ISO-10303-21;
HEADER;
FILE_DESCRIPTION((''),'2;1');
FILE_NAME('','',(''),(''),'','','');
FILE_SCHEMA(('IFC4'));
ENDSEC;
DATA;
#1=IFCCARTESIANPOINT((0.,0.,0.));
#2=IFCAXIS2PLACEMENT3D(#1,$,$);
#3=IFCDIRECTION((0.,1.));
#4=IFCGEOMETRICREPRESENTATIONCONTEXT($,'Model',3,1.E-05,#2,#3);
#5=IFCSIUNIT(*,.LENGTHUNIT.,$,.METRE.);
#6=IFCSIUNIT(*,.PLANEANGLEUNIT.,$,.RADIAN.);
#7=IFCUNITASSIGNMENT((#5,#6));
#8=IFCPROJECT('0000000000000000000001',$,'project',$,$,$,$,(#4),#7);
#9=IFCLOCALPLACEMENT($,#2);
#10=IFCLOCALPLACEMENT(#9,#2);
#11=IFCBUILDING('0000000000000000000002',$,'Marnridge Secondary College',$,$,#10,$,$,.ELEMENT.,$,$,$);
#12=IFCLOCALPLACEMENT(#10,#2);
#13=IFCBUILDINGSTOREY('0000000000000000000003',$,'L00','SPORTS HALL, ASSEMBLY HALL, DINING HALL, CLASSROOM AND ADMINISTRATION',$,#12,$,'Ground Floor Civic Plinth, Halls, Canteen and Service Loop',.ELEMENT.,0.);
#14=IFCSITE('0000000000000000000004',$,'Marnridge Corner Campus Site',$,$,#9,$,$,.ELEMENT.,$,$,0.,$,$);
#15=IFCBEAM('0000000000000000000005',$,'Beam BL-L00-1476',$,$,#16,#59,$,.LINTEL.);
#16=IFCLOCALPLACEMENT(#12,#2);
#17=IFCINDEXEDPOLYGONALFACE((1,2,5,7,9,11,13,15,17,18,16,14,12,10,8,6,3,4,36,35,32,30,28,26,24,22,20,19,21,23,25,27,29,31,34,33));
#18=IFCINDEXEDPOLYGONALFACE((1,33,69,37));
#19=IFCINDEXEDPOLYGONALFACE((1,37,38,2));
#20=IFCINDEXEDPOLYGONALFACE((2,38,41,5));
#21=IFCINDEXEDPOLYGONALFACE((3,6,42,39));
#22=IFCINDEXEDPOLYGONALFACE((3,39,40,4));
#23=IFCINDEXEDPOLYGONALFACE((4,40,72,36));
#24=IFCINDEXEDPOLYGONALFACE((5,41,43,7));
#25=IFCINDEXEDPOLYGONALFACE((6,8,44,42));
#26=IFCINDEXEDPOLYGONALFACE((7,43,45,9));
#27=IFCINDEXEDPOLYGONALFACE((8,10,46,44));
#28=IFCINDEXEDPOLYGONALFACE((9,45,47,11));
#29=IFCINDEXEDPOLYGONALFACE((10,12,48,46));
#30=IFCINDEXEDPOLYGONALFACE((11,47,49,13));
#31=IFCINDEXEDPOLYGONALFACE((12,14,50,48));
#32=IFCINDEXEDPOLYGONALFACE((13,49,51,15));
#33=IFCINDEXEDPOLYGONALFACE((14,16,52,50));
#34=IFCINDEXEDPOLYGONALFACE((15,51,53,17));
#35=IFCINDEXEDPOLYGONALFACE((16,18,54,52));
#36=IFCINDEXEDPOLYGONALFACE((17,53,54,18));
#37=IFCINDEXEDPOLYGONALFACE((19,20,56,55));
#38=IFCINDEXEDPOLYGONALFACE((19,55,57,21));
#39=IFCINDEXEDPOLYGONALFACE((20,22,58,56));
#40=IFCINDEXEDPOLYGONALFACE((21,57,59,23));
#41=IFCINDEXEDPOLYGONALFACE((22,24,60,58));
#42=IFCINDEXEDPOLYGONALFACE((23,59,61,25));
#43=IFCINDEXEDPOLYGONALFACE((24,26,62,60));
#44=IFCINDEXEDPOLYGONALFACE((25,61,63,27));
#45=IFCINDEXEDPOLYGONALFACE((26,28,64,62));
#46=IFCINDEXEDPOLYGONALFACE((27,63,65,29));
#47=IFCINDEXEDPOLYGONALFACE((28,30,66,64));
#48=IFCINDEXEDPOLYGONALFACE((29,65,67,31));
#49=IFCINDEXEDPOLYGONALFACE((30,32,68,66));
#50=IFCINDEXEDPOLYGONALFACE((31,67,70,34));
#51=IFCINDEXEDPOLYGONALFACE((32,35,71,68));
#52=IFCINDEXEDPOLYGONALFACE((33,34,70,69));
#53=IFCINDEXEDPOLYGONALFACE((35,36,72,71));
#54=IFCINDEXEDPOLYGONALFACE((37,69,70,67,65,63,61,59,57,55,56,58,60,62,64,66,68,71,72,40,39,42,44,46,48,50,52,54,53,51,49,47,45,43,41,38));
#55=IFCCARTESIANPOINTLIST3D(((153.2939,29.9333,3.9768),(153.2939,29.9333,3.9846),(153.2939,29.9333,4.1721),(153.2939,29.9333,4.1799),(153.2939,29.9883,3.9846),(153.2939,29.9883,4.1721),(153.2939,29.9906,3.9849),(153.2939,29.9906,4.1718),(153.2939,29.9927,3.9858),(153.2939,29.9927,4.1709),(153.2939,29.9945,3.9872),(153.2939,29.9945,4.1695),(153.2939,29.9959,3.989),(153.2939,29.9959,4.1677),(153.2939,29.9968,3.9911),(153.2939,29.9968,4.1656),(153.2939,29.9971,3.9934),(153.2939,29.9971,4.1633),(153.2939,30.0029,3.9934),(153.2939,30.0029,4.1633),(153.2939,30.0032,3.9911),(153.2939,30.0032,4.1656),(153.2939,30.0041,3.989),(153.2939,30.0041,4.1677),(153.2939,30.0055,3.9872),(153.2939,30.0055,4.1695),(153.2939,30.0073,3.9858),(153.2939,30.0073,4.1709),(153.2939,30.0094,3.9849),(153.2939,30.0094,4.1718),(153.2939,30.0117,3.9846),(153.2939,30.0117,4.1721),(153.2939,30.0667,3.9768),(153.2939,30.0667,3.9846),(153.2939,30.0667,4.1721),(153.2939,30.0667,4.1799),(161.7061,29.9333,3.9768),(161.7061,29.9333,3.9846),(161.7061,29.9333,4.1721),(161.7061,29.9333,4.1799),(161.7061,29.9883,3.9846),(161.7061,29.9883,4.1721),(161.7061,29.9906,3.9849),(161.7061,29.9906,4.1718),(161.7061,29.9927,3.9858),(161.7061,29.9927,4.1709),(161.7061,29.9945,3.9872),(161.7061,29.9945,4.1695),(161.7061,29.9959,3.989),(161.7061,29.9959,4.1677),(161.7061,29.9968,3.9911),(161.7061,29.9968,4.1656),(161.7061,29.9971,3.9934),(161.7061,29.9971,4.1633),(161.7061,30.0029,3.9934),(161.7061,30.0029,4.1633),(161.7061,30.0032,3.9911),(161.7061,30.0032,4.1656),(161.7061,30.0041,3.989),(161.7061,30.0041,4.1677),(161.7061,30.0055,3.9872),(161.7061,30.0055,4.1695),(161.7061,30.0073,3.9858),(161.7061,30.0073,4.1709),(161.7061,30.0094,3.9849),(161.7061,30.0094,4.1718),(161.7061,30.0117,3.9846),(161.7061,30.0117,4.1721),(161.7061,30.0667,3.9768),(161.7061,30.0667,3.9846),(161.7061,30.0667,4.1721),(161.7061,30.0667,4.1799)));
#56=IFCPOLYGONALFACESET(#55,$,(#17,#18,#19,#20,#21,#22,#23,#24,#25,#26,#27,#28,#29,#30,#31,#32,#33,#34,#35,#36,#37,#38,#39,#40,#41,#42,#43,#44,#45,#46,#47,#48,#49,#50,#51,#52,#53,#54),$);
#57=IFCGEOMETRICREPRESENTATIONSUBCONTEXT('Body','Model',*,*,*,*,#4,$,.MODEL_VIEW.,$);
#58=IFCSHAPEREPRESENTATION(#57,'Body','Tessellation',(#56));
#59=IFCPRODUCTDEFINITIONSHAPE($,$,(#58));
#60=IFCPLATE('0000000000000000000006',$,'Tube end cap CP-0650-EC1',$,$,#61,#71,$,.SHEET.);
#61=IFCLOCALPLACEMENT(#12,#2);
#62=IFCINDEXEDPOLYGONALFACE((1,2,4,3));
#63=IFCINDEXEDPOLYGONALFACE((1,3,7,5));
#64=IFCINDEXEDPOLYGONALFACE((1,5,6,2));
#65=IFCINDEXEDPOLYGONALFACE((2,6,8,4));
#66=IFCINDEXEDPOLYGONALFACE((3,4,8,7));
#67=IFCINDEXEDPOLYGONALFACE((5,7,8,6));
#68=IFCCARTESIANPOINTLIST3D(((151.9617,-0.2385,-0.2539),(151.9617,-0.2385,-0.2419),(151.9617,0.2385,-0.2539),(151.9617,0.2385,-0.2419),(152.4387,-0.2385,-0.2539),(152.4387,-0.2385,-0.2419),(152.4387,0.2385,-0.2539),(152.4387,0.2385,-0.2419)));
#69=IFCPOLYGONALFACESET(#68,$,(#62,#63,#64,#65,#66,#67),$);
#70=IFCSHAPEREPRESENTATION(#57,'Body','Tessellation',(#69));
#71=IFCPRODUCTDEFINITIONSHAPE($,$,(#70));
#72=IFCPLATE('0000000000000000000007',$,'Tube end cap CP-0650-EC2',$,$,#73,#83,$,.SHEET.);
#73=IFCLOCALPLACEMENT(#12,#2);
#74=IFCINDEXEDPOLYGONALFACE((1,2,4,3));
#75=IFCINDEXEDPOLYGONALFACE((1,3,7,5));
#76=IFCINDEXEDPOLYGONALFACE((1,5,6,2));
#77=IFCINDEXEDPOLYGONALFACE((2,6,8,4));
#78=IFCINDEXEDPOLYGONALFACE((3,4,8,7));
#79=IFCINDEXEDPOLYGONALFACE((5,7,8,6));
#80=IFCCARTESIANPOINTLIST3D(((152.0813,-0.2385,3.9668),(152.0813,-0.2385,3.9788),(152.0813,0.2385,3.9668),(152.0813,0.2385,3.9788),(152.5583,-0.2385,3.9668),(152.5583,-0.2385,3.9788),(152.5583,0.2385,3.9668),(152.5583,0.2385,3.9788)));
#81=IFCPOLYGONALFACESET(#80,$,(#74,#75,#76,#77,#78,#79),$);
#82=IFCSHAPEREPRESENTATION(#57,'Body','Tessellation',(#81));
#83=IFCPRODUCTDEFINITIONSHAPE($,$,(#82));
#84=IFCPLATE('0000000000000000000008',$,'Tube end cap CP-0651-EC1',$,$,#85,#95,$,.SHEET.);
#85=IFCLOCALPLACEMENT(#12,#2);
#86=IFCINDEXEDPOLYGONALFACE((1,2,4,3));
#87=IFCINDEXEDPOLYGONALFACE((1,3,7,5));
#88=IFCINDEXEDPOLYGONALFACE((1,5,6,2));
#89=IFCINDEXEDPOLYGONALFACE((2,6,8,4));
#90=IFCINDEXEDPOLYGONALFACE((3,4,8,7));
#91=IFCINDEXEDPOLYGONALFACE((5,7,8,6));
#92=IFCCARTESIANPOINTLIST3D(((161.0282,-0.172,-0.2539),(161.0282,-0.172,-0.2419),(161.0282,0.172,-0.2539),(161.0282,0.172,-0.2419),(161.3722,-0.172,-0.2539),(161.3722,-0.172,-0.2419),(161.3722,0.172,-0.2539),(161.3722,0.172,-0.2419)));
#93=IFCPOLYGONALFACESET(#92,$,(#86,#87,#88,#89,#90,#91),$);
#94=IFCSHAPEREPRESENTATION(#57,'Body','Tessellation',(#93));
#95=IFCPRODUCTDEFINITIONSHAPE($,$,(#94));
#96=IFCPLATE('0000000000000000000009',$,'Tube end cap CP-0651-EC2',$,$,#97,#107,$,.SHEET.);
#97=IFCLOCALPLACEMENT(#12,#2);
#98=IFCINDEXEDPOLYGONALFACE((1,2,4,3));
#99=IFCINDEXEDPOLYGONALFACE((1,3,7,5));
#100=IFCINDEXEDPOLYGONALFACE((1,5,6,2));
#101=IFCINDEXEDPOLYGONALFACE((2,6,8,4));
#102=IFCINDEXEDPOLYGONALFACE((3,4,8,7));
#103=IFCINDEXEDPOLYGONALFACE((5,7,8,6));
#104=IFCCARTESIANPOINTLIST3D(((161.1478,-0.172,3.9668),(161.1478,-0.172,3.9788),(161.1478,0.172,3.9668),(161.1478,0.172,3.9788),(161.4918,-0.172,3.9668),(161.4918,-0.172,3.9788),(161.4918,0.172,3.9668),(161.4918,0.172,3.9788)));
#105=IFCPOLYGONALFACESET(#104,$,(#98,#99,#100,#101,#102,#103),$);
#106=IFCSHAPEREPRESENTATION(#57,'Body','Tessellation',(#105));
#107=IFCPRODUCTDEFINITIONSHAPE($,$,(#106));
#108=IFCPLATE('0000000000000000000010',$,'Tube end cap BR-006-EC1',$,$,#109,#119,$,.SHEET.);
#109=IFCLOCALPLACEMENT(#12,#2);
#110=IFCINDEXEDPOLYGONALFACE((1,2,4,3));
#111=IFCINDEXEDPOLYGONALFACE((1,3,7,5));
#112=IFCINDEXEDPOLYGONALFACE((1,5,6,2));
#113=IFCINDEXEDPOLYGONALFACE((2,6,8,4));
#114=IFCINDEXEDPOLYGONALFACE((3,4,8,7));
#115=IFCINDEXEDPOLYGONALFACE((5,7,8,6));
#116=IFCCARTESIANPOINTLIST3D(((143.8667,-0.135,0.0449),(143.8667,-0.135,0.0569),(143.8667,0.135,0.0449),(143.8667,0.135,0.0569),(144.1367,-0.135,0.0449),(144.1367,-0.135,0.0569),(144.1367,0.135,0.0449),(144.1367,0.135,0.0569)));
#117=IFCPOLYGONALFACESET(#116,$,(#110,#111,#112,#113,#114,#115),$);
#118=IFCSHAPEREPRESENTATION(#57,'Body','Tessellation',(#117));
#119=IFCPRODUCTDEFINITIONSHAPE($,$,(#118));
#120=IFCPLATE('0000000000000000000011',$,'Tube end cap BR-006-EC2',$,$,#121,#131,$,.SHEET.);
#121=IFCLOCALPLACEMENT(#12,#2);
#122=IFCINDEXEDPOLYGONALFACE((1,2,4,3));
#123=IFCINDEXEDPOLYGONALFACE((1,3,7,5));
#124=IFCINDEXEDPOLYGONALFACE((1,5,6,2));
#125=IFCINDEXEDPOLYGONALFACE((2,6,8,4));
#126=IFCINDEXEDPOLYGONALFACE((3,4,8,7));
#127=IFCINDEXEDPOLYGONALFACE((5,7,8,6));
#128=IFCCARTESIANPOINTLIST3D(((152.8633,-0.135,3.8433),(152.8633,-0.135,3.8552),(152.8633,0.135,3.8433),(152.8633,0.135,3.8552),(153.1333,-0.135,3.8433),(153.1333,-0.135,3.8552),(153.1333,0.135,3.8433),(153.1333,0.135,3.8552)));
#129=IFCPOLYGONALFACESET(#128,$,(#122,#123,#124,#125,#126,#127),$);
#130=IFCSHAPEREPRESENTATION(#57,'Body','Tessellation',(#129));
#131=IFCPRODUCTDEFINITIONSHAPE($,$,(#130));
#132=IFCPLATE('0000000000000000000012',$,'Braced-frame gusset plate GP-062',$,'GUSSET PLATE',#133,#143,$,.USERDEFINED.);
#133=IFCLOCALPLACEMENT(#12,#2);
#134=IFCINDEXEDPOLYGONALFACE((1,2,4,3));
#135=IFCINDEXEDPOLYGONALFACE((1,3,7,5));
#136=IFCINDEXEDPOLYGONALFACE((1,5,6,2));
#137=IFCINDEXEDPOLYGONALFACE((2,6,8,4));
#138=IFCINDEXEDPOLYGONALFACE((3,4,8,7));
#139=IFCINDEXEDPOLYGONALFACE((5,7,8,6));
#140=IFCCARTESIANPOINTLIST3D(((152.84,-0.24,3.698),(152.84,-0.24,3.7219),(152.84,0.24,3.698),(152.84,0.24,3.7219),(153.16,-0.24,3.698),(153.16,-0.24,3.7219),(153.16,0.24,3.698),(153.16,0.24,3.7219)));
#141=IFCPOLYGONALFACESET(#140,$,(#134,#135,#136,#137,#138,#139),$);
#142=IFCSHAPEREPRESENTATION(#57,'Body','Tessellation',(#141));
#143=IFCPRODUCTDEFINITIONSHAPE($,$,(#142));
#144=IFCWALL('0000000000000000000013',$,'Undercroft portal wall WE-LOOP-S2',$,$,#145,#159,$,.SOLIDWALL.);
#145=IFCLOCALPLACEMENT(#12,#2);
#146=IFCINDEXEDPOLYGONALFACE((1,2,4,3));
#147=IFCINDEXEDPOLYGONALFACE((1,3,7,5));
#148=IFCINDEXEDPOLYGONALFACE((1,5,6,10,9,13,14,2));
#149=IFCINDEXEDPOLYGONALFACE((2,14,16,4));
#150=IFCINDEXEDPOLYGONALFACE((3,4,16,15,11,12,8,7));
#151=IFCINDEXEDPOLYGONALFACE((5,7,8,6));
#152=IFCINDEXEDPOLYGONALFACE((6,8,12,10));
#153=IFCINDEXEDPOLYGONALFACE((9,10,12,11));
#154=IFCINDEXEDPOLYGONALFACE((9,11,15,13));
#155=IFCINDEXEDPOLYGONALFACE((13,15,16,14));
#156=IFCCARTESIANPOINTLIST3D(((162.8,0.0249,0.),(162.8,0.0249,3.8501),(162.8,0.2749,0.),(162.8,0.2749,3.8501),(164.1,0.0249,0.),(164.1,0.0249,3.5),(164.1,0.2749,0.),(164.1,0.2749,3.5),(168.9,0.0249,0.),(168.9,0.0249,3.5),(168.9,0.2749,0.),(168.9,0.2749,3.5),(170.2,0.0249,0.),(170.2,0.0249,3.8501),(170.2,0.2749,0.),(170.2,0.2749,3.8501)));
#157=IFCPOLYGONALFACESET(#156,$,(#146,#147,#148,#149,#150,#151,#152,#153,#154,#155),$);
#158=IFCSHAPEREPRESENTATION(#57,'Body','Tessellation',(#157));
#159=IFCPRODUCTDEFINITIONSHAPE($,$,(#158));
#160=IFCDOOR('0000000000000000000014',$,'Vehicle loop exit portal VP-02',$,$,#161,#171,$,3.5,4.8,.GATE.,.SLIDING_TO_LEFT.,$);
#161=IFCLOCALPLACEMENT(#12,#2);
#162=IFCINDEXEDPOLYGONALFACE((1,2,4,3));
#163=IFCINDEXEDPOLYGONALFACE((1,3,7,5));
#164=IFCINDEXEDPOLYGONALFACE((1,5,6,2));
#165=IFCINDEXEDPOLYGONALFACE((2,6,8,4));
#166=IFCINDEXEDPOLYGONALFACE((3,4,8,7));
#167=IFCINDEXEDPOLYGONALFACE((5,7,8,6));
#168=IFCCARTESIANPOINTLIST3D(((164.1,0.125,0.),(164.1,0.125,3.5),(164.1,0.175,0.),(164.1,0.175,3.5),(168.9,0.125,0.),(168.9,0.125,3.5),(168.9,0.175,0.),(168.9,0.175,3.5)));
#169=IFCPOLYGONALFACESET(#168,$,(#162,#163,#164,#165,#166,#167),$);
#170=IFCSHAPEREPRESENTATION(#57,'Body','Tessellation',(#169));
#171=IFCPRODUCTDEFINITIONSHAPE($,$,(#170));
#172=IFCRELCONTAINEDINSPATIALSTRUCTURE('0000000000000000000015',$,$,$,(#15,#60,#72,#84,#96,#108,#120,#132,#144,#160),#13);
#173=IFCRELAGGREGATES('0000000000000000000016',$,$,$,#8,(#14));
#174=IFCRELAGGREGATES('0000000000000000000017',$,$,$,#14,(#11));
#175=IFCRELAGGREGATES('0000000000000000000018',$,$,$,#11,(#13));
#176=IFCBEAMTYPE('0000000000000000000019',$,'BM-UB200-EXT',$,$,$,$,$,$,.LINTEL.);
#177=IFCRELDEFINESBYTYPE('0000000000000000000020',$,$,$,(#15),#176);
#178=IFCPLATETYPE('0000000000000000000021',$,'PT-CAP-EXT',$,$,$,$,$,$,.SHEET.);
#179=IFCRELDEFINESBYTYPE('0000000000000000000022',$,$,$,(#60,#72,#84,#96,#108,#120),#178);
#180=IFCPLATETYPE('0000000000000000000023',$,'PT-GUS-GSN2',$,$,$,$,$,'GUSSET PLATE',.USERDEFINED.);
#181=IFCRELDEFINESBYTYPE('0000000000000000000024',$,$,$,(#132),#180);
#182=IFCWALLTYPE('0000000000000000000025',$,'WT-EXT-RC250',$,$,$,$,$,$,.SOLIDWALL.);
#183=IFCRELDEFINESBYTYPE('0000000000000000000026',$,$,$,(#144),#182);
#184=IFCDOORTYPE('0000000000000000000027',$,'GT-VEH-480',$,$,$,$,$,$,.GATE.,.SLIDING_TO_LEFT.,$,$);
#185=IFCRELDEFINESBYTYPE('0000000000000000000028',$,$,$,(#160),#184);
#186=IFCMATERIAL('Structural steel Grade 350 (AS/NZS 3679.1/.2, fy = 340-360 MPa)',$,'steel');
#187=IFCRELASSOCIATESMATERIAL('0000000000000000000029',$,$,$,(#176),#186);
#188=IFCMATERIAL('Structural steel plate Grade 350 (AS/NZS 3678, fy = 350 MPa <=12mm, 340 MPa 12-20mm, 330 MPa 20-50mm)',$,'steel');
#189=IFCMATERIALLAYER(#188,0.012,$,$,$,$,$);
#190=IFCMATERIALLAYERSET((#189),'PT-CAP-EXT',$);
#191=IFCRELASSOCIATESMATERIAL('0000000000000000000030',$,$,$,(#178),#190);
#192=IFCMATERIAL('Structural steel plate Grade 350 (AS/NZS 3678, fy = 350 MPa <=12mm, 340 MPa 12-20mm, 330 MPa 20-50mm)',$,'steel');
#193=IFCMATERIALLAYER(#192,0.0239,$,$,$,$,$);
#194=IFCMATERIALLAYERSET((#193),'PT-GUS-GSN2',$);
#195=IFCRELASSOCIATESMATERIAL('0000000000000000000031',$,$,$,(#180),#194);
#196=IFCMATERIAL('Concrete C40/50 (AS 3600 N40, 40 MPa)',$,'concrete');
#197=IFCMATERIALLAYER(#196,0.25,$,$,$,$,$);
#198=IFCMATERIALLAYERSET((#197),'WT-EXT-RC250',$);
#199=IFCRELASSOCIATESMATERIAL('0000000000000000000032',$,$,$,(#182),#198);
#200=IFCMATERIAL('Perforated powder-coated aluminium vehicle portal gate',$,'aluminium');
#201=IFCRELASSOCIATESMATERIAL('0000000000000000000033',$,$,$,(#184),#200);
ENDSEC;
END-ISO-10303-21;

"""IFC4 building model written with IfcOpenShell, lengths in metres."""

from ifc_helpers import new_model, si_unit, direction, frame, frame_2d, origin, origin_2d, place, context, subcontext, project, spatial, rectangle, i_section, extrude, material, layer, layer_set, material_profile, profile_set, type_object, element, fill, save


model = new_model("IFC4")

# Units and contexts
model_context = context("Model", 3, precision=1e-05, world=origin(), true_north=direction((0.0, 1.0)))
body_context = subcontext(model_context, "Body", "Model", "MODEL_VIEW")
ifc_project = project(units=[si_unit("LENGTHUNIT", "METRE"), si_unit("PLANEANGLEUNIT", "RADIAN")], contexts=[model_context])

# Site, building, storey
site_placement = place(None, origin())
site = spatial("IfcSite", under=ifc_project, at=site_placement, Name="Marnridge Corner Campus Site", CompositionType="ELEMENT", RefElevation=0.0)
building_placement = place(site_placement, origin())
building = spatial("IfcBuilding", under=site, at=building_placement, Name="Marnridge Secondary College", CompositionType="ELEMENT")
storey_placement = place(building_placement, origin())
storey = spatial("IfcBuildingStorey", under=building, at=storey_placement, Name="L00", Description="SPORTS HALL, ASSEMBLY HALL, DINING HALL, CLASSROOM AND ADMINISTRATION", LongName="Ground Floor Civic Plinth, Halls, Canteen and Service Loop", CompositionType="ELEMENT", Elevation=0.0)

# Beam
ifc_material_1 = material(Name="Structural steel Grade 350 (AS/NZS 3679.1/.2, fy = 340-360 MPa)", Category="steel")
ifc_material_profile_1 = material_profile(ifc_material_1, i_section(OverallWidth=0.1333, OverallDepth=0.2031, WebThickness=0.0059, FlangeThickness=0.0078, FilletRadius=0.0088, at=origin_2d()), Name="200UB25.4")
ifc_profile_set_1 = profile_set([ifc_material_profile_1], Name="Structural steel Grade 350 (AS/NZS 3679.1/.2, fy = 340-360 MPa)")
beam_type = type_object("IfcBeamType", Name="BM-UB200-EXT", PredefinedType="LINTEL", material=ifc_profile_set_1)
for number, where, z_axis, x_axis, name in (
    (1, (153.2939, 30.0, 4.0784), (1.0, 0.0, 0.0), (0.0, 1.0, 0.0), "Beam BL-L00-1476"),
):
    element("IfcBeam", number, at=place(storey_placement, frame(where, z_axis=z_axis, x_axis=x_axis)), inside=storey, type_object=beam_type, Name=name, PredefinedType="LINTEL", context=body_context, shape_type="SweptSolid", body=[
        extrude(i_section(OverallWidth=0.1333, OverallDepth=0.2031, WebThickness=0.0059, FlangeThickness=0.0078, FilletRadius=0.0088, at=origin_2d()), origin(), (0.0, 0.0, 1.0), 8.4121),
    ])

# Plates
ifc_material_2 = material(Name="Structural steel plate Grade 350 (AS/NZS 3678, fy = 350 MPa <=12mm, 340 MPa 12-20mm, 330 MPa 20-50mm)", Category="steel")
ifc_layer_1 = layer(ifc_material_2, 0.012)
ifc_layer_set_1 = layer_set([ifc_layer_1], Name="PT-CAP-EXT")
plate_type_1 = type_object("IfcPlateType", Name="PT-CAP-EXT", PredefinedType="SHEET", material=ifc_layer_set_1)
for number, where, z_axis, x_axis, name in (
    (2, (152.2002, 0.0, -0.2539), (0.0, 0.0, 1.0), (1.0, 0.0, 0.0), "Tube end cap CP-0650-EC1"),
    (3, (152.3198, 0.0, 3.9668), (0.0, 0.0, 1.0), (1.0, 0.0, 0.0), "Tube end cap CP-0650-EC2"),
):
    element("IfcPlate", number, at=place(storey_placement, frame(where, z_axis=z_axis, x_axis=x_axis)), inside=storey, type_object=plate_type_1, Name=name, PredefinedType="SHEET", context=body_context, shape_type="SweptSolid", body=[
        extrude(rectangle(XDim=0.4771, YDim=0.4771, at=origin_2d()), origin(), (0.0, 0.0, 1.0), 0.012),
    ])
for number, where, z_axis, x_axis, name in (
    (4, (161.2002, 0.0, -0.2539), (0.0, 0.0, 1.0), (1.0, 0.0, 0.0), "Tube end cap CP-0651-EC1"),
    (5, (161.3198, 0.0, 3.9668), (0.0, 0.0, 1.0), (1.0, 0.0, 0.0), "Tube end cap CP-0651-EC2"),
):
    element("IfcPlate", number, at=place(storey_placement, frame(where, z_axis=z_axis, x_axis=x_axis)), inside=storey, type_object=plate_type_1, Name=name, PredefinedType="SHEET", context=body_context, shape_type="SweptSolid", body=[
        extrude(rectangle(XDim=0.344, YDim=0.344, at=origin_2d()), origin(), (0.0, 0.0, 1.0), 0.012),
    ])
for number, where, z_axis, x_axis, name in (
    (6, (144.0017, 0.0, 0.0449), (0.0, 0.0, 1.0), (1.0, 0.0, 0.0), "Tube end cap BR-006-EC1"),
    (7, (152.9983, 0.0, 3.8433), (0.0, 0.0, 1.0), (1.0, 0.0, 0.0), "Tube end cap BR-006-EC2"),
):
    element("IfcPlate", number, at=place(storey_placement, frame(where, z_axis=z_axis, x_axis=x_axis)), inside=storey, type_object=plate_type_1, Name=name, PredefinedType="SHEET", context=body_context, shape_type="SweptSolid", body=[
        extrude(rectangle(XDim=0.27, YDim=0.27, at=origin_2d()), origin(), (0.0, 0.0, 1.0), 0.012),
    ])
ifc_material_3 = material(Name="Structural steel plate Grade 350 (AS/NZS 3678, fy = 350 MPa <=12mm, 340 MPa 12-20mm, 330 MPa 20-50mm)", Category="steel")
ifc_layer_2 = layer(ifc_material_3, 0.0239)
ifc_layer_set_2 = layer_set([ifc_layer_2], Name="PT-GUS-GSN2")
plate_type_2 = type_object("IfcPlateType", Name="PT-GUS-GSN2", ElementType="GUSSET PLATE", PredefinedType="USERDEFINED", material=ifc_layer_set_2)
plate_placement = place(storey_placement, frame((153.0, 0.0, 3.698), z_axis=(0.0, 0.0, 1.0), x_axis=(0.0, 1.0, 0.0)))
element("IfcPlate", 8, at=plate_placement, inside=storey, type_object=plate_type_2, Name="Braced-frame gusset plate GP-062", ObjectType="GUSSET PLATE", PredefinedType="USERDEFINED", context=body_context, shape_type="SweptSolid", body=[
    extrude(rectangle(XDim=0.48, YDim=0.3201, at=origin_2d()), origin(), (0.0, 0.0, 1.0), 0.0239),
])

# Wall, opening, door
ifc_material_4 = material(Name="Concrete C40/50 (AS 3600 N40, 40 MPa)", Category="concrete")
ifc_layer_3 = layer(ifc_material_4, 0.25)
ifc_layer_set_3 = layer_set([ifc_layer_3], Name="WT-EXT-RC250")
wall_type = type_object("IfcWallType", Name="WT-EXT-RC250", PredefinedType="SOLIDWALL", material=ifc_layer_set_3)
wall_1_placement = place(storey_placement, frame((170.2, 0.1499, 0.0), z_axis=(0.0, 0.0, 1.0), x_axis=(-1.0, 0.0, 0.0)))
wall_1 = element("IfcWall", 9, at=wall_1_placement, inside=storey, type_object=wall_type, Name="Undercroft portal wall WE-LOOP-S2", PredefinedType="SOLIDWALL", context=body_context, shape_type="SweptSolid", body=[
    extrude(rectangle(XDim=7.3999, YDim=0.25, at=frame_2d((3.7, 0.0))), origin(), (0.0, 0.0, 1.0), 3.8501),
])
opening_1_placement = place(wall_1_placement, frame((1.3, 0.0, 0.0)))
opening_1 = element("IfcOpeningElement", 10, at=opening_1_placement, cuts=wall_1, PredefinedType="OPENING", context=body_context, shape_type="SweptSolid", body=[
    extrude(rectangle(XDim=4.8, YDim=3.5, at=frame_2d((2.3999, 1.75))), frame((0.0, 0.135, 0.0), z_axis=(0.0, -1.0, 0.0), x_axis=(1.0, 0.0, 0.0)), (0.0, 0.0, 1.0), 0.27),
])
ifc_material_5 = material(Name="Perforated powder-coated aluminium vehicle portal gate", Category="aluminium")
door_type_1 = type_object("IfcDoorType", Name="GT-VEH-480", OperationType="SLIDING_TO_LEFT", PredefinedType="GATE", material=ifc_material_5)
door_1_placement = place(opening_1_placement, origin())
door_1 = element("IfcDoor", 11, at=door_1_placement, inside=storey, type_object=door_type_1, Name="Vehicle loop exit portal VP-02", OperationType="SLIDING_TO_LEFT", OverallHeight=3.5, OverallWidth=4.8, PredefinedType="GATE", context=body_context, shape_type="SweptSolid", body=[
    extrude(rectangle(XDim=4.8, YDim=3.5, at=frame_2d((2.3999, 1.75))), frame((0.0, 0.0249, 0.0), z_axis=(0.0, -1.0, 0.0), x_axis=(1.0, 0.0, 0.0)), (0.0, 0.0, 1.0), 0.05),
])
fill(opening_1, door_1)

save(model, "model.ifc")
